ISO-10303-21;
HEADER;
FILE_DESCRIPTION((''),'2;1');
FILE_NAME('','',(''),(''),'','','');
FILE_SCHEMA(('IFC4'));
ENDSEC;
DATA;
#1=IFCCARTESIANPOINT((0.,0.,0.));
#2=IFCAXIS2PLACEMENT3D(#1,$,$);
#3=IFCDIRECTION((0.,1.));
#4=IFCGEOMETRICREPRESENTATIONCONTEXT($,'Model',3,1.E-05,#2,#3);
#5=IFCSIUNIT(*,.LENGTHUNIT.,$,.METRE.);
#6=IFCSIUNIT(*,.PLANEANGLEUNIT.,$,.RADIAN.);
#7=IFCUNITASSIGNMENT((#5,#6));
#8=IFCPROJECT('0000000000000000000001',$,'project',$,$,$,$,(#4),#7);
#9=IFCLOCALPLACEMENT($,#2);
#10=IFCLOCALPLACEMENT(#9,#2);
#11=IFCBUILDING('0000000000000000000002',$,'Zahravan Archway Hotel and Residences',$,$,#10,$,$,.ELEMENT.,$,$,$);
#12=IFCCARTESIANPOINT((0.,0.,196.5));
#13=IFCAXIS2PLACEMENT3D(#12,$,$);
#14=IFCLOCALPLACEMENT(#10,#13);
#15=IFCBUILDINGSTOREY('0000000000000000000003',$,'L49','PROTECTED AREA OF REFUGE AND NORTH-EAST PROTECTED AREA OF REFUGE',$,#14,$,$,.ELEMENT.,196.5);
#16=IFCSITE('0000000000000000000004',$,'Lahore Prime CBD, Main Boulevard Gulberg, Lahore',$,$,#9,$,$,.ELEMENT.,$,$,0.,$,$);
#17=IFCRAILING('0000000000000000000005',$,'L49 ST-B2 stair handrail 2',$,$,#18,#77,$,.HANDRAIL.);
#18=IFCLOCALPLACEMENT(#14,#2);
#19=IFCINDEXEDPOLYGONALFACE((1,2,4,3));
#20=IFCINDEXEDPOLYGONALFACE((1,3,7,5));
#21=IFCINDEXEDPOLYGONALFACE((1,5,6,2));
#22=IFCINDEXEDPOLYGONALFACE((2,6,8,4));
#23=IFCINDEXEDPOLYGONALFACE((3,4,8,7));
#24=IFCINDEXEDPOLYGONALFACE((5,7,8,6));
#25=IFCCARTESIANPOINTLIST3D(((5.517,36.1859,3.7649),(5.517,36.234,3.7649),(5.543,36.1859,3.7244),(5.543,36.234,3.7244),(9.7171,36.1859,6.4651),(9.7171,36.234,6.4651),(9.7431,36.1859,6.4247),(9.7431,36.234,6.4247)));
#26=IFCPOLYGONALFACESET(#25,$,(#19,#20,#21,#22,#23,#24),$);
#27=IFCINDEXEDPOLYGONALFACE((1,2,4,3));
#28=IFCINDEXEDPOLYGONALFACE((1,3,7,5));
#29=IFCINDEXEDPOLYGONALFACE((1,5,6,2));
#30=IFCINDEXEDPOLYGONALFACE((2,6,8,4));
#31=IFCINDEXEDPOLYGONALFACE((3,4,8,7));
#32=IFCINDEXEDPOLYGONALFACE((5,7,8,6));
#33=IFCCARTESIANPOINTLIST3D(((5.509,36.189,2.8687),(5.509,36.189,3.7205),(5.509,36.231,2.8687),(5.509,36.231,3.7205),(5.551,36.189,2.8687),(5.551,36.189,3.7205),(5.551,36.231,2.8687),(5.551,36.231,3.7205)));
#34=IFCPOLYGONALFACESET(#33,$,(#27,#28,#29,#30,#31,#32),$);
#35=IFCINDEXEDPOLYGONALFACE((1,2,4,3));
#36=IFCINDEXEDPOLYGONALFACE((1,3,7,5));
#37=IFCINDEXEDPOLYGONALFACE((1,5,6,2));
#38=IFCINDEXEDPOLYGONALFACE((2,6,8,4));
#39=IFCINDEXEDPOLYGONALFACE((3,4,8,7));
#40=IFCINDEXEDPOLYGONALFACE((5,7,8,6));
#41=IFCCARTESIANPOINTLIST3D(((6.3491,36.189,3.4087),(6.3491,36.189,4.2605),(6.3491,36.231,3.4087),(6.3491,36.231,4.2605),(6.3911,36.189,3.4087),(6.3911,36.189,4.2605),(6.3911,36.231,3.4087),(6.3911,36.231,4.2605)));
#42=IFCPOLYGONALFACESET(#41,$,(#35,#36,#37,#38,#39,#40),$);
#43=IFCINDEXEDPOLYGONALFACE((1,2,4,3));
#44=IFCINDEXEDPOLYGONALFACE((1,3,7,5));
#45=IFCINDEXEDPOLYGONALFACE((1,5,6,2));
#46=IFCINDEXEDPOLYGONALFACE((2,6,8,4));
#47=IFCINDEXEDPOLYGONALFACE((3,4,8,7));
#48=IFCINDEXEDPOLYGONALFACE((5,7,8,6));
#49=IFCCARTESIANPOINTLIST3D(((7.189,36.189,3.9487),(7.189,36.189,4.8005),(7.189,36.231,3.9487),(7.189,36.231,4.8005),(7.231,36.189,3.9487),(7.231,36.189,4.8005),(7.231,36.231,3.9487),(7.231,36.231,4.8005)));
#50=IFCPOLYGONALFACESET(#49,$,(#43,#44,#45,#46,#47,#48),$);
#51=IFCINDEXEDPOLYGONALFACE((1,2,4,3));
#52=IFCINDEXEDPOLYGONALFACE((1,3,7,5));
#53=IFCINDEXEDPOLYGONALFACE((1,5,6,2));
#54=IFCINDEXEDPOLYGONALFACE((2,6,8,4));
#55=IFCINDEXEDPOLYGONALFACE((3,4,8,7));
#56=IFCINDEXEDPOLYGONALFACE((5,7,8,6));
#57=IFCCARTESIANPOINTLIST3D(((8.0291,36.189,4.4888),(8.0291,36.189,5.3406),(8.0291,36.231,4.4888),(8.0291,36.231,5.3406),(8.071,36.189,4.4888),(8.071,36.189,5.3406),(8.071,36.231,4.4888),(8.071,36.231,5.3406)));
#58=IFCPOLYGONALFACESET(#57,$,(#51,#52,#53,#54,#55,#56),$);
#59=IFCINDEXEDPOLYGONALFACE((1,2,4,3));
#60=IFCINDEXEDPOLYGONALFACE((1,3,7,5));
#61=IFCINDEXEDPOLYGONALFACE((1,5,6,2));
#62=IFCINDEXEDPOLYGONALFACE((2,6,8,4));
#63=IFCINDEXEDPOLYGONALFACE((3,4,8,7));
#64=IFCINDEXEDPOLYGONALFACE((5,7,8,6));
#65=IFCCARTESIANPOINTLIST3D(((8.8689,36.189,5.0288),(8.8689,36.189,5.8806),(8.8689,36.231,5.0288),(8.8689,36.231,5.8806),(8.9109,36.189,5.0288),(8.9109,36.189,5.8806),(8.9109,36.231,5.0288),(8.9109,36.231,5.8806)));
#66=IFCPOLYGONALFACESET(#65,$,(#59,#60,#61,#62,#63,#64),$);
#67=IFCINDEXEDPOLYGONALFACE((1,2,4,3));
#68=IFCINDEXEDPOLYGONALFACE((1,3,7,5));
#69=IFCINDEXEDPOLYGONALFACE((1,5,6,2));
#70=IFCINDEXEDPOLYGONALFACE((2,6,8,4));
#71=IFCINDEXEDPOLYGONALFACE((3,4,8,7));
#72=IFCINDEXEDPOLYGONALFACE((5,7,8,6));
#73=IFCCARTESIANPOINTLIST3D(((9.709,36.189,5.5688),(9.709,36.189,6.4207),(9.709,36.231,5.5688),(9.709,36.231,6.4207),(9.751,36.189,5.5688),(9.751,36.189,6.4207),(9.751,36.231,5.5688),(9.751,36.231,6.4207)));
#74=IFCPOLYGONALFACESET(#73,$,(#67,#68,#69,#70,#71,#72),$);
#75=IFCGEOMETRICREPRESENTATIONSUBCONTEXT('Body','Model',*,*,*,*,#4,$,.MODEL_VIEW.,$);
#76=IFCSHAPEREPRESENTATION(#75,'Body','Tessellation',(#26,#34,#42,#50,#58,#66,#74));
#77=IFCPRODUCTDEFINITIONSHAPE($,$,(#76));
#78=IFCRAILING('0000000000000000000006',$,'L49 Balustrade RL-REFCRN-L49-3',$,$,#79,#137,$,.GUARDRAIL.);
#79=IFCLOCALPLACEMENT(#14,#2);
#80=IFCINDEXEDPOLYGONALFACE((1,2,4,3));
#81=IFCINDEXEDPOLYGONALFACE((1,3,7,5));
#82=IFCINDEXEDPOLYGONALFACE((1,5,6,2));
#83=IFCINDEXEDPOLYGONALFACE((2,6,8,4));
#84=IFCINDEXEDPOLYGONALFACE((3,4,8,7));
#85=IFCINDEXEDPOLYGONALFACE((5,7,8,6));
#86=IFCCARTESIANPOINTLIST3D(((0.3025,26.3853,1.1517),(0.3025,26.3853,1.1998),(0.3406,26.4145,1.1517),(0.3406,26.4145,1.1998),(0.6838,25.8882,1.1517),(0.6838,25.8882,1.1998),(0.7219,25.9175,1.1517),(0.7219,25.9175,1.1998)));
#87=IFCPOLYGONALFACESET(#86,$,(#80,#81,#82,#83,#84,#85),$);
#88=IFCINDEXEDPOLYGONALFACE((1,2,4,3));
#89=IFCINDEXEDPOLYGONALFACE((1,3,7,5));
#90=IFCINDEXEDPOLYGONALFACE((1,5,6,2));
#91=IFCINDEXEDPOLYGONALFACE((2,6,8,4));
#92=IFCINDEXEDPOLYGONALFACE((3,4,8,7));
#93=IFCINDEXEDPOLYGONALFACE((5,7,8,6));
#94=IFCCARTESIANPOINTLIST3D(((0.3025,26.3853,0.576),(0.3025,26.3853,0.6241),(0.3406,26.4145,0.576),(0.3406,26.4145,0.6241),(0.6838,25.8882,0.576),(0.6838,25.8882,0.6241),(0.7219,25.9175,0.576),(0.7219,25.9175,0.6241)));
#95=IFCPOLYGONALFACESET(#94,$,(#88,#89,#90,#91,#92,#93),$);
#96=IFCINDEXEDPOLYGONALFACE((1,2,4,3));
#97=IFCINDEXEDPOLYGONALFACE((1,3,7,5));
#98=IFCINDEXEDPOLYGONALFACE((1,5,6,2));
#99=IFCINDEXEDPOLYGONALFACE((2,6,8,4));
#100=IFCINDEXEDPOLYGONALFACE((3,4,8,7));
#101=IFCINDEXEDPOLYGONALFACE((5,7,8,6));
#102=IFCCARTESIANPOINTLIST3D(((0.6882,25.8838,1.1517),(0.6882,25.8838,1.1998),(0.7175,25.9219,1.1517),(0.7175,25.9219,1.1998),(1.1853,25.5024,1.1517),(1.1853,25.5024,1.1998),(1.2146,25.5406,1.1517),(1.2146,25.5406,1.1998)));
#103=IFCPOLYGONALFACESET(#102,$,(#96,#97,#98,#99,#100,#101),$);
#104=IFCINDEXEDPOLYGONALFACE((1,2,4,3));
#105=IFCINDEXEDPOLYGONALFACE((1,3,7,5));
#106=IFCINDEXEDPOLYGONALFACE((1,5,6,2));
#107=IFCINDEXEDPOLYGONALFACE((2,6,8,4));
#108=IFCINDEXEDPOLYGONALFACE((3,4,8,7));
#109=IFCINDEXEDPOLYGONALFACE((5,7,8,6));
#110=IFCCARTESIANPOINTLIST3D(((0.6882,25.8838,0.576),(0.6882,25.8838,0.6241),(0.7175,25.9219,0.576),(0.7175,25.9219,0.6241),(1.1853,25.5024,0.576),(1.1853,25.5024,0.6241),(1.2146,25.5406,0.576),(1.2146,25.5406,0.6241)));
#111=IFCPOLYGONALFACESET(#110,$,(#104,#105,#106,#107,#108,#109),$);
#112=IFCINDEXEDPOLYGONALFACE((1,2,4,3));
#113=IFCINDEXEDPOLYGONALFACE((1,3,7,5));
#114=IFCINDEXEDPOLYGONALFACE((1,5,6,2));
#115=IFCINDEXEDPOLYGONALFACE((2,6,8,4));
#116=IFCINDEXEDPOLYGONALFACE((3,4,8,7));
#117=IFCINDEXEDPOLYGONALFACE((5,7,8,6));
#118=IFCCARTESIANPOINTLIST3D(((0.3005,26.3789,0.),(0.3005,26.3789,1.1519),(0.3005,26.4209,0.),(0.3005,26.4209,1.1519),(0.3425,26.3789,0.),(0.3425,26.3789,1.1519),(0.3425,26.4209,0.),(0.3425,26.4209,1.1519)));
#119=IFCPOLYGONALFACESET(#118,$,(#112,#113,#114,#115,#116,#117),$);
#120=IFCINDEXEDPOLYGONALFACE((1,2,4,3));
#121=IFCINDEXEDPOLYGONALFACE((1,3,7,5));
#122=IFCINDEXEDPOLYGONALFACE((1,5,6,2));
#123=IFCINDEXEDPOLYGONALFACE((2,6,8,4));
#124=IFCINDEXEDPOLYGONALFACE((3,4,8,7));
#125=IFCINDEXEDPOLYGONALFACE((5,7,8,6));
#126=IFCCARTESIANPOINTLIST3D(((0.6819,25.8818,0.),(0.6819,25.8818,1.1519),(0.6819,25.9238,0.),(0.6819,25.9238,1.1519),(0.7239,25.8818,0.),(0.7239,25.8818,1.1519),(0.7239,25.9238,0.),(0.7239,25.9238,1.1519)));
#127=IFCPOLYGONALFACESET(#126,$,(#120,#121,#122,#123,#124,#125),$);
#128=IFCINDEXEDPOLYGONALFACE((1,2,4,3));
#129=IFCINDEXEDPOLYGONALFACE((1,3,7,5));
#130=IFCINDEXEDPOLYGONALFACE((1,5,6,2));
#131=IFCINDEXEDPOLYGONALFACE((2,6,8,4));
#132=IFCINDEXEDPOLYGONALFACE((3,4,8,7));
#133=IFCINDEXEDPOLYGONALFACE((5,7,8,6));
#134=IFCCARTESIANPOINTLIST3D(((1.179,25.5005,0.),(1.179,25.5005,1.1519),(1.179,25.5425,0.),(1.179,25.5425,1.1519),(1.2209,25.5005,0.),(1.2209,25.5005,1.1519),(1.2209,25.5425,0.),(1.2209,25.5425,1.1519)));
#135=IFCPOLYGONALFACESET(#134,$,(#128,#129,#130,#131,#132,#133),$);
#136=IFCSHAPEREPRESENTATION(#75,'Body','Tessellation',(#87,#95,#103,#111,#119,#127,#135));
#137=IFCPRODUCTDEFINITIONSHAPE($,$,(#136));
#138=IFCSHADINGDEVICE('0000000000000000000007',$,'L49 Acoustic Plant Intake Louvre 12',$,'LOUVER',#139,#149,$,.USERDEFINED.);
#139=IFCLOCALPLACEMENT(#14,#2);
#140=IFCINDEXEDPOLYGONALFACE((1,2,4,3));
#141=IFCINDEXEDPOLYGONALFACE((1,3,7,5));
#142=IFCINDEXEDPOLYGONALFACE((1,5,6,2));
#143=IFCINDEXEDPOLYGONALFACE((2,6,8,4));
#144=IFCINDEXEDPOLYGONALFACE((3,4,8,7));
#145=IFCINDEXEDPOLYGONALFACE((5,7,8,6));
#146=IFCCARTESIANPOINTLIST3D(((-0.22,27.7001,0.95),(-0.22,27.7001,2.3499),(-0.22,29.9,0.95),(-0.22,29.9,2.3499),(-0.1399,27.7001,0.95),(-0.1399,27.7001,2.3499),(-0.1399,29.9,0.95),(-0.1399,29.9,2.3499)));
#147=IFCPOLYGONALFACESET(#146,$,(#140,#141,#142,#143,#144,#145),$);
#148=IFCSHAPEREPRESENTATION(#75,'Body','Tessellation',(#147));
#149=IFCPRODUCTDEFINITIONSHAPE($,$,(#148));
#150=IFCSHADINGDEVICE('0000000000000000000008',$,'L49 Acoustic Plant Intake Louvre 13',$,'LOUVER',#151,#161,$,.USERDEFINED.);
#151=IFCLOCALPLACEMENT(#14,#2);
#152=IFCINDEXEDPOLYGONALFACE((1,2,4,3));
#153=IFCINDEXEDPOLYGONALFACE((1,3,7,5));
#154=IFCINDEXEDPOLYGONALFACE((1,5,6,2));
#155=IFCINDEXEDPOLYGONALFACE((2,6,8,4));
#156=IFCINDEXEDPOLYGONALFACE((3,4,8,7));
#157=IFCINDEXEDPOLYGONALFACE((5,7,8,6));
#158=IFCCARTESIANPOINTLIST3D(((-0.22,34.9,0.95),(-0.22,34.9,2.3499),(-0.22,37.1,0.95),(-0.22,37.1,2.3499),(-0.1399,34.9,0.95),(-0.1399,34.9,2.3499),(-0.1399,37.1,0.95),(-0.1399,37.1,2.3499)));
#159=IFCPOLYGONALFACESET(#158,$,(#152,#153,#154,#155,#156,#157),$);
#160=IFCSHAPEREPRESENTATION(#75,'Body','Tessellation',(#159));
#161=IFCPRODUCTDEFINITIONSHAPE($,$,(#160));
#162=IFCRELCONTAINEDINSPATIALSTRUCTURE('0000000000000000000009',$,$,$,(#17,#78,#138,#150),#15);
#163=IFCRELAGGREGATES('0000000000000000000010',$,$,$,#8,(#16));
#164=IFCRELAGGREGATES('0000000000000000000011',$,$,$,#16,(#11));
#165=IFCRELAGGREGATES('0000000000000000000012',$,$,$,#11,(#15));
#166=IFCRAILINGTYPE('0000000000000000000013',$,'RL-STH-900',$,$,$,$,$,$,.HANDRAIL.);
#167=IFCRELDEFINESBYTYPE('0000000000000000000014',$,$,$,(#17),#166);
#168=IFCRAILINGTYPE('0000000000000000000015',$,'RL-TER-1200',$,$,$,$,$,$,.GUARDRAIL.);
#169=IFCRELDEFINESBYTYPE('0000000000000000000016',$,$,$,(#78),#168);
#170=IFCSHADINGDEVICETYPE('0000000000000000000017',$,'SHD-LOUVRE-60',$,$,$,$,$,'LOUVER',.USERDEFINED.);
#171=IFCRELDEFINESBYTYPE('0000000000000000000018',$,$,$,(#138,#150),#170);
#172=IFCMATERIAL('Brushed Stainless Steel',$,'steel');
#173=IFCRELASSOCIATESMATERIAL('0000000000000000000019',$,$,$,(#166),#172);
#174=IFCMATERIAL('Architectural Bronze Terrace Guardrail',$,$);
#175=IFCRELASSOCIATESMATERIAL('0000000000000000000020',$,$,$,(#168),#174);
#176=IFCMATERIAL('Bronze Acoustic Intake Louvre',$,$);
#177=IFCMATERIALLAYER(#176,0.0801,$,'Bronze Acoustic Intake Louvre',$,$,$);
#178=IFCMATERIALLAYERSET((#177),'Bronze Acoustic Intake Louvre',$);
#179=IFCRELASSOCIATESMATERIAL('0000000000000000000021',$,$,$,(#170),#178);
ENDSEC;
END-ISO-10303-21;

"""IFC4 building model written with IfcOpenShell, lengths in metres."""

from ifc_helpers import new_model, si_unit, direction, frame, origin, origin_2d, place, context, subcontext, project, spatial, rectangle, extrude, source, transform, mapped, material, layer, layer_set, type_object, type_shapes, element, save


model = new_model("IFC4")

# Units and contexts
model_context = context("Model", 3, precision=1e-05, world=origin(), true_north=direction((0.0, 1.0)))
body_context = subcontext(model_context, "Body", "Model", "MODEL_VIEW")
ifc_project = project(units=[si_unit("LENGTHUNIT", "METRE"), si_unit("PLANEANGLEUNIT", "RADIAN")], contexts=[model_context])

# Site, building, storey
site_placement = place(None, origin())
site = spatial("IfcSite", under=ifc_project, at=site_placement, Name="Lahore Prime CBD, Main Boulevard Gulberg, Lahore", CompositionType="ELEMENT", RefElevation=0.0)
building_placement = place(site_placement, origin())
building = spatial("IfcBuilding", under=site, at=building_placement, Name="Zahravan Archway Hotel and Residences", CompositionType="ELEMENT")
storey_placement = place(building_placement, frame((0.0, 0.0, 196.5)))
storey = spatial("IfcBuildingStorey", under=building, at=storey_placement, Name="L49", Description="PROTECTED AREA OF REFUGE AND NORTH-EAST PROTECTED AREA OF REFUGE", CompositionType="ELEMENT", Elevation=196.5)

# Shared definitions
ifc_material_1 = material(Name="Brushed Stainless Steel", Category="steel")

# Railings
railing_type_1 = type_object("IfcRailingType", Name="RL-STH-900", PredefinedType="HANDRAIL", material=ifc_material_1)
for number, where, name in (
    (1, (5.53, 36.21, 2.8687), "L49 ST-B2 stair handrail 2"),
):
    element("IfcRailing", number, at=place(storey_placement, frame(where)), inside=storey, type_object=railing_type_1, Name=name, PredefinedType="HANDRAIL", context=body_context, shape_type="SweptSolid", body=[
        extrude(rectangle(XDim=0.0481, YDim=0.0481, at=origin_2d()), frame((0.0, 0.0, 0.876), z_axis=(0.841158, 0.0, 0.54079), x_axis=(0.0, 1.0, 0.0)), (0.0, 0.0, 1.0), 4.9932),
        extrude(rectangle(XDim=0.042, YDim=0.042, at=origin_2d()), origin(), (0.0, 0.0, 1.0), 0.8518),
        extrude(rectangle(XDim=0.042, YDim=0.042, at=origin_2d()), frame((0.8401, 0.0, 0.54)), (0.0, 0.0, 1.0), 0.8518),
        extrude(rectangle(XDim=0.042, YDim=0.042, at=origin_2d()), frame((1.6799, 0.0, 1.0801)), (0.0, 0.0, 1.0), 0.8518),
        extrude(rectangle(XDim=0.042, YDim=0.042, at=origin_2d()), frame((2.52, 0.0, 1.6201)), (0.0, 0.0, 1.0), 0.8518),
        extrude(rectangle(XDim=0.042, YDim=0.042, at=origin_2d()), frame((3.3599, 0.0, 2.1602)), (0.0, 0.0, 1.0), 0.8518),
        extrude(rectangle(XDim=0.042, YDim=0.042, at=origin_2d()), frame((4.2, 0.0, 2.7002)), (0.0, 0.0, 1.0), 0.8518),
    ])
ifc_material_2 = material(Name="Architectural Bronze Terrace Guardrail")
railing_type_2 = type_object("IfcRailingType", Name="RL-TER-1200", PredefinedType="GUARDRAIL", material=ifc_material_2)
railing_1_placement = place(storey_placement, frame((0.3215, 26.3999, 0.0)))
element("IfcRailing", 2, at=railing_1_placement, inside=storey, type_object=railing_type_2, Name="L49 Balustrade RL-REFCRN-L49-3", PredefinedType="GUARDRAIL", context=body_context, shape_type="SweptSolid", body=[
    extrude(rectangle(XDim=0.0481, YDim=0.0481, at=origin_2d()), frame((0.0, 0.0, 1.1758), z_axis=(0.608693, -0.793406, 0.0), x_axis=(0.793406, 0.608693, 0.0)), (0.0, 0.0, 1.0), 0.6265),
    extrude(rectangle(XDim=0.0481, YDim=0.0481, at=origin_2d()), frame((0.0, 0.0, 0.6001), z_axis=(0.608693, -0.793406, 0.0), x_axis=(0.793406, 0.608693, 0.0)), (0.0, 0.0, 1.0), 0.6265),
    extrude(rectangle(XDim=0.0481, YDim=0.0481, at=origin_2d()), frame((0.3813, -0.4971, 1.1758), z_axis=(0.793406, -0.608693, 0.0), x_axis=(0.608693, 0.793406, 0.0)), (0.0, 0.0, 1.0), 0.6265),
    extrude(rectangle(XDim=0.0481, YDim=0.0481, at=origin_2d()), frame((0.3813, -0.4971, 0.6001), z_axis=(0.793406, -0.608693, 0.0), x_axis=(0.608693, 0.793406, 0.0)), (0.0, 0.0, 1.0), 0.6265),
    extrude(rectangle(XDim=0.042, YDim=0.042, at=origin_2d()), origin(), (0.0, 0.0, 1.0), 1.1519),
    extrude(rectangle(XDim=0.042, YDim=0.042, at=origin_2d()), frame((0.3813, -0.4971, 0.0)), (0.0, 0.0, 1.0), 1.1519),
    extrude(rectangle(XDim=0.042, YDim=0.042, at=origin_2d()), frame((0.8784, -0.8784, 0.0)), (0.0, 0.0, 1.0), 1.1519),
])

# Shading devices
ifc_material_3 = material(Name="Bronze Acoustic Intake Louvre")
ifc_layer_1 = layer(ifc_material_3, 0.0801, Name="Bronze Acoustic Intake Louvre")
ifc_layer_set_1 = layer_set([ifc_layer_1], Name="Bronze Acoustic Intake Louvre")
shading_device_type = type_object("IfcShadingDeviceType", Name="SHD-LOUVRE-60", ElementType="LOUVER", PredefinedType="USERDEFINED", material=ifc_layer_set_1)
shared_shape_1 = source(origin(), body_context, "Body", "SweptSolid", [
    extrude(rectangle(XDim=2.2, YDim=0.0801, at=origin_2d()), origin(), (0.0, 0.0, 1.0), 1.3999),
])
type_shapes(shading_device_type, [shared_shape_1])
for number, where, z_axis, x_axis, name in (
    (3, (-0.1799, 28.8, 0.95), (0.0, 0.0, 1.0), (0.0, 1.0, 0.0), "L49 Acoustic Plant Intake Louvre 12"),
    (4, (-0.1799, 36.0, 0.95), (0.0, 0.0, 1.0), (0.0, 1.0, 0.0), "L49 Acoustic Plant Intake Louvre 13"),
):
    element("IfcShadingDevice", number, at=place(storey_placement, frame(where, z_axis=z_axis, x_axis=x_axis)), inside=storey, type_object=shading_device_type, Name=name, ObjectType="LOUVER", PredefinedType="USERDEFINED", context=body_context, shape_type="MappedRepresentation", body=[
        mapped(shared_shape_1, transform((0.0, 0.0, 0.0), scale=1.0)),
    ])

save(model, "model.ifc")
